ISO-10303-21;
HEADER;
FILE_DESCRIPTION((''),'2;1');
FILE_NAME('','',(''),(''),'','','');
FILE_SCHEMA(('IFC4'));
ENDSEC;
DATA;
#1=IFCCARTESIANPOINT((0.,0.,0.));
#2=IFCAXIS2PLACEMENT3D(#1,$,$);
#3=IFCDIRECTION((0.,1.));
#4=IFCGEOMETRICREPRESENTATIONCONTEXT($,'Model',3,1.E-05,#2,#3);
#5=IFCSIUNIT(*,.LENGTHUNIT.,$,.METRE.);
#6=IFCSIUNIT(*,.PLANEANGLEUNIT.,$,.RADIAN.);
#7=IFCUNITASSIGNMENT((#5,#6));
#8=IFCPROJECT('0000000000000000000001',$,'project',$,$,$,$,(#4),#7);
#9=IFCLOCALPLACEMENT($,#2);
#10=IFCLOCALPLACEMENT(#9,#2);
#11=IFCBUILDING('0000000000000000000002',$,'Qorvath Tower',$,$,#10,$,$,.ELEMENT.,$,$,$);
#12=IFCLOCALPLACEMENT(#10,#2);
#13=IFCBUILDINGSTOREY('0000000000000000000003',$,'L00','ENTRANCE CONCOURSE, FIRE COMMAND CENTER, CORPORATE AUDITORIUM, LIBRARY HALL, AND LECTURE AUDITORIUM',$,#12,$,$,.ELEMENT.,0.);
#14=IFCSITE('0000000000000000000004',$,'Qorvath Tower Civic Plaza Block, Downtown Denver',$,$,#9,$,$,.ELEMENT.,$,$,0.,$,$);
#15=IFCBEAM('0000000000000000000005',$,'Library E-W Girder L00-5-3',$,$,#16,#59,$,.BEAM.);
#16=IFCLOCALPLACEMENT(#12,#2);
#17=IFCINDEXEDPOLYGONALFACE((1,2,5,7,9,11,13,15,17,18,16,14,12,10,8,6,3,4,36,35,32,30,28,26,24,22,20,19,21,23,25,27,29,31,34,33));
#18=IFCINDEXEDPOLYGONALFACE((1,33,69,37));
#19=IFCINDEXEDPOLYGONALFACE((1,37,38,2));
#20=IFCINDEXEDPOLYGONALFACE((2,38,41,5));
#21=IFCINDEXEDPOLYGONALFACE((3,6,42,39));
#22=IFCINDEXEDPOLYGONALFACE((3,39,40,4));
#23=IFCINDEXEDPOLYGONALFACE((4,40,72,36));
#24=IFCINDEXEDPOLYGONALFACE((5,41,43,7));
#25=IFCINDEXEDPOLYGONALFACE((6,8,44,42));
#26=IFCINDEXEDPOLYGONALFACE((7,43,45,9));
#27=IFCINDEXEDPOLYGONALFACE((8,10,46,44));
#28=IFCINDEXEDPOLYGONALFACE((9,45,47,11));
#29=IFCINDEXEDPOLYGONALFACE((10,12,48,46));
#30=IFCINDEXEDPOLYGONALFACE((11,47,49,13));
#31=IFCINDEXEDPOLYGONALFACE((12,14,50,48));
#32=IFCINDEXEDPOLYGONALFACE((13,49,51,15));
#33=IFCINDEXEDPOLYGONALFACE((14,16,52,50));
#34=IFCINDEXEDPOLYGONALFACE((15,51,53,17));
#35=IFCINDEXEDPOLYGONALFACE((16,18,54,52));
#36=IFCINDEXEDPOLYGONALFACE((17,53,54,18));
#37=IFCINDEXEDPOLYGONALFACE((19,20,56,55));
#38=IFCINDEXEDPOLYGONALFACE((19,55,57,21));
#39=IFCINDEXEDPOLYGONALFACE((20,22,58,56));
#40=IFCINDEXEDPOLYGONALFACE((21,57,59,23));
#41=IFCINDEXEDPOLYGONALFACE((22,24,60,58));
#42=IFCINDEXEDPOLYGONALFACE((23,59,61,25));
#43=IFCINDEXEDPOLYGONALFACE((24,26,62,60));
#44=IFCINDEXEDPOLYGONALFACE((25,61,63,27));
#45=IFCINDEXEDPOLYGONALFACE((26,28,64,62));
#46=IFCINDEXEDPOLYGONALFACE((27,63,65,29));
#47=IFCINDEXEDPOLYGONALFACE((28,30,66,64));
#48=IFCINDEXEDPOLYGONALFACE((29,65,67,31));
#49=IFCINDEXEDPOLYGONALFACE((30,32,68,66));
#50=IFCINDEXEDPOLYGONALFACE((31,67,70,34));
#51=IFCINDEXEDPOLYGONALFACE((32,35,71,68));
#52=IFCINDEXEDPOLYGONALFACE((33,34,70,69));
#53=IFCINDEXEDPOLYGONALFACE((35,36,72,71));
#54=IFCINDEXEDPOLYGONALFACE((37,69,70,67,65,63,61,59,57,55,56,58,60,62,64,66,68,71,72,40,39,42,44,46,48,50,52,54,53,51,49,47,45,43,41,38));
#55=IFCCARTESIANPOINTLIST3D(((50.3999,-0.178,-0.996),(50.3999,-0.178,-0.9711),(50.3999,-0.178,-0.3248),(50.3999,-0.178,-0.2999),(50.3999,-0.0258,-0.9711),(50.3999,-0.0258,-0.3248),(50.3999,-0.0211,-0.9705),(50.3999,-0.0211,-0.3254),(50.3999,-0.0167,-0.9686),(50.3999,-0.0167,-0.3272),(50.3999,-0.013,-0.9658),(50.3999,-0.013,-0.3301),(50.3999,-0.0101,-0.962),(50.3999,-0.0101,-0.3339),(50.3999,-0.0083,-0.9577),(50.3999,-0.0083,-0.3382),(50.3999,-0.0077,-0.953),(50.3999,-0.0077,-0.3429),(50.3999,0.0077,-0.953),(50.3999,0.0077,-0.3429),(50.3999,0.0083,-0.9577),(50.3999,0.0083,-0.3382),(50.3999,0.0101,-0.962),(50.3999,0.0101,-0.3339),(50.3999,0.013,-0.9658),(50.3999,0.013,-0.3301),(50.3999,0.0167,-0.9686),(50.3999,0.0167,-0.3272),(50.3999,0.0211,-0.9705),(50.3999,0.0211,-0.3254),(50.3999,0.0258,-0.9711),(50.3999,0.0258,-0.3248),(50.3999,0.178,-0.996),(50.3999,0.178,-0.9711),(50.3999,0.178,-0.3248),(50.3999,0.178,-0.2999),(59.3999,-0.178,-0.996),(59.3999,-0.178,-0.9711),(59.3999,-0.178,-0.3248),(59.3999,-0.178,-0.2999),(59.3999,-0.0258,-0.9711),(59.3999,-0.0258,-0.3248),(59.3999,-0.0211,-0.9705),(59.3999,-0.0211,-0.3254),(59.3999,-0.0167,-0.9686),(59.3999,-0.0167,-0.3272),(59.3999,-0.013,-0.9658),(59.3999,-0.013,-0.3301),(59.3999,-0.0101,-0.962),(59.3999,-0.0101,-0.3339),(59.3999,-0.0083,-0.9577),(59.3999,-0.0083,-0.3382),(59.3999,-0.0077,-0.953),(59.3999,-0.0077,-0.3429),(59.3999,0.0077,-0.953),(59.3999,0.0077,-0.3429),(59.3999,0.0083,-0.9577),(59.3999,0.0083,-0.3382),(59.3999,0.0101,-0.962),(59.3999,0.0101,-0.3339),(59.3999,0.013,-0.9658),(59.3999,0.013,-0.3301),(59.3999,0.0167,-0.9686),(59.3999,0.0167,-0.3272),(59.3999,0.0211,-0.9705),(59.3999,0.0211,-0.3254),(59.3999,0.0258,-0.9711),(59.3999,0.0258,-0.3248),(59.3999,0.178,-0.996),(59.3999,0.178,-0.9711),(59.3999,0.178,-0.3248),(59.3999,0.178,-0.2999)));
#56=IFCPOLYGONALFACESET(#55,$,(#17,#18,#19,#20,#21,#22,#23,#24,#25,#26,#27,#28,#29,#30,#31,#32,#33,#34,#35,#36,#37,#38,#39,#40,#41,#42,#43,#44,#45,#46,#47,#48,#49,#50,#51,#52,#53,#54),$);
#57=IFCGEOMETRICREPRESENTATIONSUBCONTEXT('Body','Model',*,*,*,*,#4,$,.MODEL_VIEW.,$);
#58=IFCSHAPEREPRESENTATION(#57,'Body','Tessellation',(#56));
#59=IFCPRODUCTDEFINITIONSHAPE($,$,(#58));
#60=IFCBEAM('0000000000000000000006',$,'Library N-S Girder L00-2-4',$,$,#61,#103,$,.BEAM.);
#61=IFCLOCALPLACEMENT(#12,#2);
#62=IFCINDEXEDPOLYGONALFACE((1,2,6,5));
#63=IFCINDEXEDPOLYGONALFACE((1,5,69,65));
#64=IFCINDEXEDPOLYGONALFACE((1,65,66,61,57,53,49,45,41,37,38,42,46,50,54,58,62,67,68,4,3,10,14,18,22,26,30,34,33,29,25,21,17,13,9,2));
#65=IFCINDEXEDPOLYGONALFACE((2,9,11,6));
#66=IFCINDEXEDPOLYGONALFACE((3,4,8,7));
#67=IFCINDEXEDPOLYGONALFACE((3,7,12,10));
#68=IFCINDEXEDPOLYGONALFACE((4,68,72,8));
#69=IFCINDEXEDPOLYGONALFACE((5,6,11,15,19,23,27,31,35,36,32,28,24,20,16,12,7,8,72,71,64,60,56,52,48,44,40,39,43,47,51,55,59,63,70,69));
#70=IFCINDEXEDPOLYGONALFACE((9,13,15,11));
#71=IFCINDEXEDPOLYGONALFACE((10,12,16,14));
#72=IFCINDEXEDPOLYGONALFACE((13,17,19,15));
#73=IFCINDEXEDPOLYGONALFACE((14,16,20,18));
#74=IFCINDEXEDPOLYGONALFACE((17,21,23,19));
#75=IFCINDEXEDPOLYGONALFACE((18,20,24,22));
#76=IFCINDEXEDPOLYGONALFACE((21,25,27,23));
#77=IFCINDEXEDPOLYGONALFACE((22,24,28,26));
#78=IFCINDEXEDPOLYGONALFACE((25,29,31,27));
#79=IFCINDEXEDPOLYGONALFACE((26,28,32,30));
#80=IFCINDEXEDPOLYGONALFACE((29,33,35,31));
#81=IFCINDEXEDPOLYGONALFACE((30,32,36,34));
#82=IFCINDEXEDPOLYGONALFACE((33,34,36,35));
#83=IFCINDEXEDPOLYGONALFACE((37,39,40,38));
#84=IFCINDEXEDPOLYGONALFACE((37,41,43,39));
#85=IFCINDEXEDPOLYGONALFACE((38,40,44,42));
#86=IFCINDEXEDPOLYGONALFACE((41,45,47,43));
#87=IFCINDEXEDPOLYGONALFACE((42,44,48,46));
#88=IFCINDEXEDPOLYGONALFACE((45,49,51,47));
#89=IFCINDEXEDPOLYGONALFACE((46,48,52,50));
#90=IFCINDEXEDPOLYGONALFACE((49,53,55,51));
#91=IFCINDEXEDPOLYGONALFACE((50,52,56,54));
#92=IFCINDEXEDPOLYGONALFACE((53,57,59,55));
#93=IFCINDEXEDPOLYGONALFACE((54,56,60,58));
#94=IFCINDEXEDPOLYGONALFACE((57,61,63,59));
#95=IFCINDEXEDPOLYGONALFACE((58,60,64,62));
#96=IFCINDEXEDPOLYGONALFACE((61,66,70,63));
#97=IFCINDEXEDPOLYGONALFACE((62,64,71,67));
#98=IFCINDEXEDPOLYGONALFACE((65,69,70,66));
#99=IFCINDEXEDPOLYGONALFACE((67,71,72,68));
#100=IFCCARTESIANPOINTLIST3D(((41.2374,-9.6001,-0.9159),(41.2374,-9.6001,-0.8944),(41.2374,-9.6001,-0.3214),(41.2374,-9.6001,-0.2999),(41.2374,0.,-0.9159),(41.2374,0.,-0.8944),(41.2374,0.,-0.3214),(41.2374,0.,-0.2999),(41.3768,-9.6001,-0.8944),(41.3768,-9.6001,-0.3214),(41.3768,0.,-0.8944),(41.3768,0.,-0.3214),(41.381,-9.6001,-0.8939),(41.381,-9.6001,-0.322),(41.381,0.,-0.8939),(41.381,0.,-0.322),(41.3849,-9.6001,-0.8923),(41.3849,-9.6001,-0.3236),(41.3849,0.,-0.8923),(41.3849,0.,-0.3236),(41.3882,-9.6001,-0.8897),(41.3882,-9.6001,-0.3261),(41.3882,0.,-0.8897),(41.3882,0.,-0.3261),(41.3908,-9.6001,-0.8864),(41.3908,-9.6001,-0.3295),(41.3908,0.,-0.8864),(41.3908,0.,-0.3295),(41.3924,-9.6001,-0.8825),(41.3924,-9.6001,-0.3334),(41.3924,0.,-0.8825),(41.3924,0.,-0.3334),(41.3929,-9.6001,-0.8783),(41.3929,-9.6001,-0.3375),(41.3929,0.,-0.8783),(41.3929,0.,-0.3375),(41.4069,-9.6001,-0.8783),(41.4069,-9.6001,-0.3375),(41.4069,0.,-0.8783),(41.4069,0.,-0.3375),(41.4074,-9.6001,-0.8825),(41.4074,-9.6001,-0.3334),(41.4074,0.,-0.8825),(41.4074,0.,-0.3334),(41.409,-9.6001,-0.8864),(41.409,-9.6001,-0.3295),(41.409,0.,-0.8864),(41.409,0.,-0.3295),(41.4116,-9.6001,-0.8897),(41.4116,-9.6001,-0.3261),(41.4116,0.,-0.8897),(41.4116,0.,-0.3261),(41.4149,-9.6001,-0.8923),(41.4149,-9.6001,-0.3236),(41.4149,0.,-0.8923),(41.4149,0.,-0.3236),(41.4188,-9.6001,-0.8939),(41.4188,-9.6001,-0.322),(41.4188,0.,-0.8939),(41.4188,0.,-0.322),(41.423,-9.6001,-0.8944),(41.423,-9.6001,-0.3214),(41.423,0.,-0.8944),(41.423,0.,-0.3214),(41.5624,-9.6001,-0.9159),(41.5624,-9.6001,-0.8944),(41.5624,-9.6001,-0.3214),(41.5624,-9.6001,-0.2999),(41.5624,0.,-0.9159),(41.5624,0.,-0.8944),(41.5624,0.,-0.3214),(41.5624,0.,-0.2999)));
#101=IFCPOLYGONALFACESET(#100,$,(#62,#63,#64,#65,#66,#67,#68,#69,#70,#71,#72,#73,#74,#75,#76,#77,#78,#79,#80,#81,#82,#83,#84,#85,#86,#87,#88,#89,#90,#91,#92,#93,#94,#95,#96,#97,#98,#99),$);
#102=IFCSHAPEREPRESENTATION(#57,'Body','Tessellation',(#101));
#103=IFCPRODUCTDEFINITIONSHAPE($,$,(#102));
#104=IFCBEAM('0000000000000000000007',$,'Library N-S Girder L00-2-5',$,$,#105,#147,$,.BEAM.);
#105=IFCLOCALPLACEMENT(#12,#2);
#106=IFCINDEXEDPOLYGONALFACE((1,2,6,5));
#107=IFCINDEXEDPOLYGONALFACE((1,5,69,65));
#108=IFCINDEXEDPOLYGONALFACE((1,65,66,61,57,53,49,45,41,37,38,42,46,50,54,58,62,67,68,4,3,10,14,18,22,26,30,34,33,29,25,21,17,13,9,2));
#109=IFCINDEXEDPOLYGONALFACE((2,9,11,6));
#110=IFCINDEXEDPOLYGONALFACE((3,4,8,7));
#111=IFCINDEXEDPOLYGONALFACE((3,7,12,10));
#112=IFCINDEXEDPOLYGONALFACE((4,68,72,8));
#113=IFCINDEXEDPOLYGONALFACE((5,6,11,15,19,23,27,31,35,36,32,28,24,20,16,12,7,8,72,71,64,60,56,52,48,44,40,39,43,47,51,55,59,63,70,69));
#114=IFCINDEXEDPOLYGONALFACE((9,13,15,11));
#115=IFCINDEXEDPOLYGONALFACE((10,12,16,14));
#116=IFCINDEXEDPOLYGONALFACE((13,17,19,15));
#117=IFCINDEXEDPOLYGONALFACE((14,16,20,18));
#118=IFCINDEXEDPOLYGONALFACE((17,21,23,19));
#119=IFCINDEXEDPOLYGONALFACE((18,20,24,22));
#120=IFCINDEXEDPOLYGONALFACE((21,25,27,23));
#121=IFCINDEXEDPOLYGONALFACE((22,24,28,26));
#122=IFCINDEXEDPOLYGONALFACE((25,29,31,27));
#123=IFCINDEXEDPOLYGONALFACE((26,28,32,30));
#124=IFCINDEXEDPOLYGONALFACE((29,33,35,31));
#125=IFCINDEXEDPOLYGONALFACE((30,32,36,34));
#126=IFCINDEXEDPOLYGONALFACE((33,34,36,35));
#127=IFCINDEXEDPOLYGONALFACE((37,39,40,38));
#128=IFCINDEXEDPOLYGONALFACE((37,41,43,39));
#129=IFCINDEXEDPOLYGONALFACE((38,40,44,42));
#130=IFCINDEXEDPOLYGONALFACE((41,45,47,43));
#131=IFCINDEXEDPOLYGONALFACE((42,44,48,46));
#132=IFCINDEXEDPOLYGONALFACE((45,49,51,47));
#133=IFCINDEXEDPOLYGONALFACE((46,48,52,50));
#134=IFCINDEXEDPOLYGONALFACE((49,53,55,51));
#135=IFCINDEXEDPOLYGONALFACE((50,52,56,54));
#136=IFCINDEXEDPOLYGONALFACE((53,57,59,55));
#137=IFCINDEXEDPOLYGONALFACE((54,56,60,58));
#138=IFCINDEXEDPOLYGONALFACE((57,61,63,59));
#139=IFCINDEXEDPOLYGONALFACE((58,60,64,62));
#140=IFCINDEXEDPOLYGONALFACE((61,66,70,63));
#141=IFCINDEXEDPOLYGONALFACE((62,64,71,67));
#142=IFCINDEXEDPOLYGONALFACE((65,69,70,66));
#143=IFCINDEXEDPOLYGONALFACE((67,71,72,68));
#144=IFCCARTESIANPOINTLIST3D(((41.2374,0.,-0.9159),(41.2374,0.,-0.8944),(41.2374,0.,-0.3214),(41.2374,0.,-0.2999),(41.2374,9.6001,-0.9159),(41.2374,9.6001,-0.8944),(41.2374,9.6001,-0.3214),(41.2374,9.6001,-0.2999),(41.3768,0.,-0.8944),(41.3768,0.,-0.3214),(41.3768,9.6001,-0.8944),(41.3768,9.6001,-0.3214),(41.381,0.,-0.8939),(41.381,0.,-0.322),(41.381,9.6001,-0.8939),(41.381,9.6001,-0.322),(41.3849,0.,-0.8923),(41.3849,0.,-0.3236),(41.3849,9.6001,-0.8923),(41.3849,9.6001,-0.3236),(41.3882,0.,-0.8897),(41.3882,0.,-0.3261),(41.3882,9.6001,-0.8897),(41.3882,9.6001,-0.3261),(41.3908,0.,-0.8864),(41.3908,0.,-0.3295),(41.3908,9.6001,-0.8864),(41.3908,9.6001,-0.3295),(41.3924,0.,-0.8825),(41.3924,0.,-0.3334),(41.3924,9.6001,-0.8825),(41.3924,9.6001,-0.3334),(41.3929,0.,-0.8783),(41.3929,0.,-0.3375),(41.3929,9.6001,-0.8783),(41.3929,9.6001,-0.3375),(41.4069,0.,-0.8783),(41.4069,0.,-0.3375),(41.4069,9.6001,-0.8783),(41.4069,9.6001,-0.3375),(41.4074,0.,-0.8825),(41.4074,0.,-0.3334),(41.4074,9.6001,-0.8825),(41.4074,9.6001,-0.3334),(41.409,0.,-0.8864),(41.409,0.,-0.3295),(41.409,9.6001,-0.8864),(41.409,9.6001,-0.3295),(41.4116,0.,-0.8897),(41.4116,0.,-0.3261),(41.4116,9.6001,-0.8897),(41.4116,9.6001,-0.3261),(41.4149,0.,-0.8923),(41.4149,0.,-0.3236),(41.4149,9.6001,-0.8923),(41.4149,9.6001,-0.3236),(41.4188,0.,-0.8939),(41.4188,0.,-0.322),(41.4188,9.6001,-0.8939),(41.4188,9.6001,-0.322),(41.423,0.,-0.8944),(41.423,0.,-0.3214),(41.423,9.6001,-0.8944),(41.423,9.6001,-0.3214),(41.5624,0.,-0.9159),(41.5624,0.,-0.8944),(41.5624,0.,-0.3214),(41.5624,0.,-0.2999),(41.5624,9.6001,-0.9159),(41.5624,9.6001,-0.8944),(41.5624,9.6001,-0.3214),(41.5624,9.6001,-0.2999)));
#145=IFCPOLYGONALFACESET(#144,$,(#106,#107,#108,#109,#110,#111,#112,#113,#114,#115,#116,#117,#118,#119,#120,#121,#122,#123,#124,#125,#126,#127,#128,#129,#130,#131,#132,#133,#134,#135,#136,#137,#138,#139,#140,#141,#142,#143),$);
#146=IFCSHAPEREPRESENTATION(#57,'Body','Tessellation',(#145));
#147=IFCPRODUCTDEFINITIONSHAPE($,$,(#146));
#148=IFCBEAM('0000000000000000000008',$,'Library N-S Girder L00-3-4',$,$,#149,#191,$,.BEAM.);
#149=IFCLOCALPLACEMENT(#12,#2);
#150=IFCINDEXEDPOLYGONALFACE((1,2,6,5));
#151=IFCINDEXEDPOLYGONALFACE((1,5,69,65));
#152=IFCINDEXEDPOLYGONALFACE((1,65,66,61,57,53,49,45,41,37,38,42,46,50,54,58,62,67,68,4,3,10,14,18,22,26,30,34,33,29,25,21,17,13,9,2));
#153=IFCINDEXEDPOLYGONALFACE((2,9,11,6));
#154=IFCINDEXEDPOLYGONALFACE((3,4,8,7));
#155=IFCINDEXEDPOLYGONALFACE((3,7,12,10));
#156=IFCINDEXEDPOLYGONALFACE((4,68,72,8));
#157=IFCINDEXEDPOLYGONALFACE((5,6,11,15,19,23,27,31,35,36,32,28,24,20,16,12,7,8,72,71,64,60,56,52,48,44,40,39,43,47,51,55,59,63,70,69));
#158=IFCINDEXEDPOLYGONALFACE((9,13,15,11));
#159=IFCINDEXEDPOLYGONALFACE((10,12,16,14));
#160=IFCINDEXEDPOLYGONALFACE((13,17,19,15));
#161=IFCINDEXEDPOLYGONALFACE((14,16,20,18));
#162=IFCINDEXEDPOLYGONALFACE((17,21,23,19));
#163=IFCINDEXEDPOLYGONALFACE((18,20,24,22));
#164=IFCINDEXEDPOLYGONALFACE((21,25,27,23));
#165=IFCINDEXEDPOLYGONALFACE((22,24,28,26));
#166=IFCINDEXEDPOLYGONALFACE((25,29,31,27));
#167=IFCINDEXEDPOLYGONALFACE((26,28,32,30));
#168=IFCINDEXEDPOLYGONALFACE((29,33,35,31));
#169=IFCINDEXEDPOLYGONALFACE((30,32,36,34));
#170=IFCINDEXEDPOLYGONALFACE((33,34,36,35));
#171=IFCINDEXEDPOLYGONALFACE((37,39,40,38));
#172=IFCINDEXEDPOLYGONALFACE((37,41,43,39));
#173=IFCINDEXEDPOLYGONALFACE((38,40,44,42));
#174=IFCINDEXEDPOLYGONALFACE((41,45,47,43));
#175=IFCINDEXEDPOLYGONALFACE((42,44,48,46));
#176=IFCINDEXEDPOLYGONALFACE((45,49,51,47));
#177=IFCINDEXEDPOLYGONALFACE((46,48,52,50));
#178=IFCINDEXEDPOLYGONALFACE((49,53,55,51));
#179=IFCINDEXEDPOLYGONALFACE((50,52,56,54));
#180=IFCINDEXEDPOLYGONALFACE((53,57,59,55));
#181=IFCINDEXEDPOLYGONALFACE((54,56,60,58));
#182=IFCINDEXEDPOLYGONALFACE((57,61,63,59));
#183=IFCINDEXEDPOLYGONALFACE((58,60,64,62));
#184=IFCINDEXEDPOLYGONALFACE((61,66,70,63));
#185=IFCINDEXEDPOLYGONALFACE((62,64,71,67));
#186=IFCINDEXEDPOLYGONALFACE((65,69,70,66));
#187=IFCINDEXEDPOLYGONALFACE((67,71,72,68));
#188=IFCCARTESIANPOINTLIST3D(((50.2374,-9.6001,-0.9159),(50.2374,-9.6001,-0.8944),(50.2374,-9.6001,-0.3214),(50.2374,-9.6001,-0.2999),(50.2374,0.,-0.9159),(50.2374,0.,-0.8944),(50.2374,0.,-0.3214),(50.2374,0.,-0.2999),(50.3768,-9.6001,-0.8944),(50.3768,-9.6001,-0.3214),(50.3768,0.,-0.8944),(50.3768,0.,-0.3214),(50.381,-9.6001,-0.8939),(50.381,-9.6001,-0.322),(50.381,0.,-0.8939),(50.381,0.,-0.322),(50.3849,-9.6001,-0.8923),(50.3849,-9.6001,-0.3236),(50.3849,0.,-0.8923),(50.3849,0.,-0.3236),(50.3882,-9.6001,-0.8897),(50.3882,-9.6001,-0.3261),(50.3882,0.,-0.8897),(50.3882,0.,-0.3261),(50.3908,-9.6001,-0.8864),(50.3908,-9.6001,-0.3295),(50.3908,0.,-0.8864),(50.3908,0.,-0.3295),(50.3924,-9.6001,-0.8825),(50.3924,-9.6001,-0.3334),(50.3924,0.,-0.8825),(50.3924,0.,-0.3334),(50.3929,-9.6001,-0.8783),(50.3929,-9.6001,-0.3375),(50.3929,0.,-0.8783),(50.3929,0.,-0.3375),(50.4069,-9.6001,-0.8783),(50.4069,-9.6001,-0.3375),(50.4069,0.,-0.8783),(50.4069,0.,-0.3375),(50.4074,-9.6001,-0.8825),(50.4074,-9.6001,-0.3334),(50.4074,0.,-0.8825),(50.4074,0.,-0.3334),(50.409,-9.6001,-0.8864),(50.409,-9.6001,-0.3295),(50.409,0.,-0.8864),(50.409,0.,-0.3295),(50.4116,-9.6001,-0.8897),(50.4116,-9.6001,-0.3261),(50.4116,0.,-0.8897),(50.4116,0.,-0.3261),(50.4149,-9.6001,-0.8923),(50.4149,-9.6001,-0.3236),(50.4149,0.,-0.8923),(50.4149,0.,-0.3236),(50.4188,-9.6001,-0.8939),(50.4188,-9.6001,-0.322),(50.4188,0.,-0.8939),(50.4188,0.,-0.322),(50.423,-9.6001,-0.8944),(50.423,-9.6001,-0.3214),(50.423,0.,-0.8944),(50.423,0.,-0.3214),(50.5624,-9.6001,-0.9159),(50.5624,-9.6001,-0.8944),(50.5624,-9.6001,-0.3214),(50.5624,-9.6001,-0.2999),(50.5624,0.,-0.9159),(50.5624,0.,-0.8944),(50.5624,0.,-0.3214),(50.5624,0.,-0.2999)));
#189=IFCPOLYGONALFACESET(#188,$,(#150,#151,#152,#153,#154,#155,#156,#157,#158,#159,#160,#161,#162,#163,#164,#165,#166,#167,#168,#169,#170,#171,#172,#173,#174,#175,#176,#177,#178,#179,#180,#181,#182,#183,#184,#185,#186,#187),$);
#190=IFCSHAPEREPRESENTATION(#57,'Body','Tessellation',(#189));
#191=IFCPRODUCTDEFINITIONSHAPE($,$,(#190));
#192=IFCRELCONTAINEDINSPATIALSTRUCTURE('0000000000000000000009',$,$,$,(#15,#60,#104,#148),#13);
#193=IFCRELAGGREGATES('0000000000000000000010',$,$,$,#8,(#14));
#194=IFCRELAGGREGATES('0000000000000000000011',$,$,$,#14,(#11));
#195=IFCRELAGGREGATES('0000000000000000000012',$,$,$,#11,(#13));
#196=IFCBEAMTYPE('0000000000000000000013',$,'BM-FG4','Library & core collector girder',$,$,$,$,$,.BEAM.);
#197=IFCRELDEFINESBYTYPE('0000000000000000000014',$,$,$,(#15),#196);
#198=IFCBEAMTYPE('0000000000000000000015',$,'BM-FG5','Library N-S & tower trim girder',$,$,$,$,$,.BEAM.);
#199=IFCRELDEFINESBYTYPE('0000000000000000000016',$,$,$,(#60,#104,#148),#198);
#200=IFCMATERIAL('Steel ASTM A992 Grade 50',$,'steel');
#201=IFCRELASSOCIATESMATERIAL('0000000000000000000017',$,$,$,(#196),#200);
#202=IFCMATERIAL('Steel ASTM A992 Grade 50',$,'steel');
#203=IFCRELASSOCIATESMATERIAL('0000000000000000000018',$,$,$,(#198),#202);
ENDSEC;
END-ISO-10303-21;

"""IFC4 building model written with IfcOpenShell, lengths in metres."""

from ifc_helpers import new_model, si_unit, direction, frame, origin, origin_2d, place, context, subcontext, project, spatial, i_section, extrude, material, material_profile, profile_set, type_object, element, save


model = new_model("IFC4")

# Units and contexts
model_context = context("Model", 3, precision=1e-05, world=origin(), true_north=direction((0.0, 1.0)))
body_context = subcontext(model_context, "Body", "Model", "MODEL_VIEW")
ifc_project = project(units=[si_unit("LENGTHUNIT", "METRE"), si_unit("PLANEANGLEUNIT", "RADIAN")], contexts=[model_context])

# Site, building, storey
site_placement = place(None, origin())
site = spatial("IfcSite", under=ifc_project, at=site_placement, Name="Qorvath Tower Civic Plaza Block, Downtown Denver", CompositionType="ELEMENT", RefElevation=0.0)
building_placement = place(site_placement, origin())
building = spatial("IfcBuilding", under=site, at=building_placement, Name="Qorvath Tower", CompositionType="ELEMENT")
storey_placement = place(building_placement, origin())
storey = spatial("IfcBuildingStorey", under=building, at=storey_placement, Name="L00", Description="ENTRANCE CONCOURSE, FIRE COMMAND CENTER, CORPORATE AUDITORIUM, LIBRARY HALL, AND LECTURE AUDITORIUM", CompositionType="ELEMENT", Elevation=0.0)

# Beams
ifc_material_1 = material(Name="Steel ASTM A992 Grade 50", Category="steel")
ifc_material_profile_1 = material_profile(ifc_material_1, i_section(OverallWidth=0.356, OverallDepth=0.696, WebThickness=0.0154, FlangeThickness=0.0249, FilletRadius=0.0181, at=origin_2d()), Name="W27x146")
ifc_profile_set_1 = profile_set([ifc_material_profile_1], Name="Steel ASTM A992 Grade 50")
beam_type_1 = type_object("IfcBeamType", Name="BM-FG4", Description="Library & core collector girder", PredefinedType="BEAM", material=ifc_profile_set_1)
for number, where, z_axis, x_axis, name in (
    (1, (50.3999, 0.0, -0.6479), (1.0, 0.0, 0.0), (0.0, 1.0, 0.0), "Library E-W Girder L00-5-3"),
):
    element("IfcBeam", number, at=place(storey_placement, frame(where, z_axis=z_axis, x_axis=x_axis)), inside=storey, type_object=beam_type_1, Name=name, PredefinedType="BEAM", context=body_context, shape_type="SweptSolid", body=[
        extrude(i_section(OverallWidth=0.356, OverallDepth=0.696, WebThickness=0.0154, FlangeThickness=0.0249, FilletRadius=0.0181, at=origin_2d()), origin(), (0.0, 0.0, 1.0), 9.0),
    ])
ifc_material_2 = material(Name="Steel ASTM A992 Grade 50", Category="steel")
ifc_material_profile_2 = material_profile(ifc_material_2, i_section(OverallWidth=0.325, OverallDepth=0.616, WebThickness=0.0139, FlangeThickness=0.0215, FilletRadius=0.0161, at=origin_2d()), Name="W24x117")
ifc_profile_set_2 = profile_set([ifc_material_profile_2], Name="Steel ASTM A992 Grade 50")
beam_type_2 = type_object("IfcBeamType", Name="BM-FG5", Description="Library N-S & tower trim girder", PredefinedType="BEAM", material=ifc_profile_set_2)
for number, where, z_axis, x_axis, name in (
    (2, (41.3999, -9.6001, -0.6079), (0.0, 1.0, 0.0), (-1.0, 0.0, 0.0), "Library N-S Girder L00-2-4"),
    (3, (41.3999, 0.0, -0.6079), (0.0, 1.0, 0.0), (-1.0, 0.0, 0.0), "Library N-S Girder L00-2-5"),
    (4, (50.3999, -9.6001, -0.6079), (0.0, 1.0, 0.0), (-1.0, 0.0, 0.0), "Library N-S Girder L00-3-4"),
):
    element("IfcBeam", number, at=place(storey_placement, frame(where, z_axis=z_axis, x_axis=x_axis)), inside=storey, type_object=beam_type_2, Name=name, PredefinedType="BEAM", context=body_context, shape_type="SweptSolid", body=[
        extrude(i_section(OverallWidth=0.325, OverallDepth=0.616, WebThickness=0.0139, FlangeThickness=0.0215, FilletRadius=0.0161, at=origin_2d()), origin(), (0.0, 0.0, 1.0), 9.6001),
    ])

save(model, "model.ifc")
